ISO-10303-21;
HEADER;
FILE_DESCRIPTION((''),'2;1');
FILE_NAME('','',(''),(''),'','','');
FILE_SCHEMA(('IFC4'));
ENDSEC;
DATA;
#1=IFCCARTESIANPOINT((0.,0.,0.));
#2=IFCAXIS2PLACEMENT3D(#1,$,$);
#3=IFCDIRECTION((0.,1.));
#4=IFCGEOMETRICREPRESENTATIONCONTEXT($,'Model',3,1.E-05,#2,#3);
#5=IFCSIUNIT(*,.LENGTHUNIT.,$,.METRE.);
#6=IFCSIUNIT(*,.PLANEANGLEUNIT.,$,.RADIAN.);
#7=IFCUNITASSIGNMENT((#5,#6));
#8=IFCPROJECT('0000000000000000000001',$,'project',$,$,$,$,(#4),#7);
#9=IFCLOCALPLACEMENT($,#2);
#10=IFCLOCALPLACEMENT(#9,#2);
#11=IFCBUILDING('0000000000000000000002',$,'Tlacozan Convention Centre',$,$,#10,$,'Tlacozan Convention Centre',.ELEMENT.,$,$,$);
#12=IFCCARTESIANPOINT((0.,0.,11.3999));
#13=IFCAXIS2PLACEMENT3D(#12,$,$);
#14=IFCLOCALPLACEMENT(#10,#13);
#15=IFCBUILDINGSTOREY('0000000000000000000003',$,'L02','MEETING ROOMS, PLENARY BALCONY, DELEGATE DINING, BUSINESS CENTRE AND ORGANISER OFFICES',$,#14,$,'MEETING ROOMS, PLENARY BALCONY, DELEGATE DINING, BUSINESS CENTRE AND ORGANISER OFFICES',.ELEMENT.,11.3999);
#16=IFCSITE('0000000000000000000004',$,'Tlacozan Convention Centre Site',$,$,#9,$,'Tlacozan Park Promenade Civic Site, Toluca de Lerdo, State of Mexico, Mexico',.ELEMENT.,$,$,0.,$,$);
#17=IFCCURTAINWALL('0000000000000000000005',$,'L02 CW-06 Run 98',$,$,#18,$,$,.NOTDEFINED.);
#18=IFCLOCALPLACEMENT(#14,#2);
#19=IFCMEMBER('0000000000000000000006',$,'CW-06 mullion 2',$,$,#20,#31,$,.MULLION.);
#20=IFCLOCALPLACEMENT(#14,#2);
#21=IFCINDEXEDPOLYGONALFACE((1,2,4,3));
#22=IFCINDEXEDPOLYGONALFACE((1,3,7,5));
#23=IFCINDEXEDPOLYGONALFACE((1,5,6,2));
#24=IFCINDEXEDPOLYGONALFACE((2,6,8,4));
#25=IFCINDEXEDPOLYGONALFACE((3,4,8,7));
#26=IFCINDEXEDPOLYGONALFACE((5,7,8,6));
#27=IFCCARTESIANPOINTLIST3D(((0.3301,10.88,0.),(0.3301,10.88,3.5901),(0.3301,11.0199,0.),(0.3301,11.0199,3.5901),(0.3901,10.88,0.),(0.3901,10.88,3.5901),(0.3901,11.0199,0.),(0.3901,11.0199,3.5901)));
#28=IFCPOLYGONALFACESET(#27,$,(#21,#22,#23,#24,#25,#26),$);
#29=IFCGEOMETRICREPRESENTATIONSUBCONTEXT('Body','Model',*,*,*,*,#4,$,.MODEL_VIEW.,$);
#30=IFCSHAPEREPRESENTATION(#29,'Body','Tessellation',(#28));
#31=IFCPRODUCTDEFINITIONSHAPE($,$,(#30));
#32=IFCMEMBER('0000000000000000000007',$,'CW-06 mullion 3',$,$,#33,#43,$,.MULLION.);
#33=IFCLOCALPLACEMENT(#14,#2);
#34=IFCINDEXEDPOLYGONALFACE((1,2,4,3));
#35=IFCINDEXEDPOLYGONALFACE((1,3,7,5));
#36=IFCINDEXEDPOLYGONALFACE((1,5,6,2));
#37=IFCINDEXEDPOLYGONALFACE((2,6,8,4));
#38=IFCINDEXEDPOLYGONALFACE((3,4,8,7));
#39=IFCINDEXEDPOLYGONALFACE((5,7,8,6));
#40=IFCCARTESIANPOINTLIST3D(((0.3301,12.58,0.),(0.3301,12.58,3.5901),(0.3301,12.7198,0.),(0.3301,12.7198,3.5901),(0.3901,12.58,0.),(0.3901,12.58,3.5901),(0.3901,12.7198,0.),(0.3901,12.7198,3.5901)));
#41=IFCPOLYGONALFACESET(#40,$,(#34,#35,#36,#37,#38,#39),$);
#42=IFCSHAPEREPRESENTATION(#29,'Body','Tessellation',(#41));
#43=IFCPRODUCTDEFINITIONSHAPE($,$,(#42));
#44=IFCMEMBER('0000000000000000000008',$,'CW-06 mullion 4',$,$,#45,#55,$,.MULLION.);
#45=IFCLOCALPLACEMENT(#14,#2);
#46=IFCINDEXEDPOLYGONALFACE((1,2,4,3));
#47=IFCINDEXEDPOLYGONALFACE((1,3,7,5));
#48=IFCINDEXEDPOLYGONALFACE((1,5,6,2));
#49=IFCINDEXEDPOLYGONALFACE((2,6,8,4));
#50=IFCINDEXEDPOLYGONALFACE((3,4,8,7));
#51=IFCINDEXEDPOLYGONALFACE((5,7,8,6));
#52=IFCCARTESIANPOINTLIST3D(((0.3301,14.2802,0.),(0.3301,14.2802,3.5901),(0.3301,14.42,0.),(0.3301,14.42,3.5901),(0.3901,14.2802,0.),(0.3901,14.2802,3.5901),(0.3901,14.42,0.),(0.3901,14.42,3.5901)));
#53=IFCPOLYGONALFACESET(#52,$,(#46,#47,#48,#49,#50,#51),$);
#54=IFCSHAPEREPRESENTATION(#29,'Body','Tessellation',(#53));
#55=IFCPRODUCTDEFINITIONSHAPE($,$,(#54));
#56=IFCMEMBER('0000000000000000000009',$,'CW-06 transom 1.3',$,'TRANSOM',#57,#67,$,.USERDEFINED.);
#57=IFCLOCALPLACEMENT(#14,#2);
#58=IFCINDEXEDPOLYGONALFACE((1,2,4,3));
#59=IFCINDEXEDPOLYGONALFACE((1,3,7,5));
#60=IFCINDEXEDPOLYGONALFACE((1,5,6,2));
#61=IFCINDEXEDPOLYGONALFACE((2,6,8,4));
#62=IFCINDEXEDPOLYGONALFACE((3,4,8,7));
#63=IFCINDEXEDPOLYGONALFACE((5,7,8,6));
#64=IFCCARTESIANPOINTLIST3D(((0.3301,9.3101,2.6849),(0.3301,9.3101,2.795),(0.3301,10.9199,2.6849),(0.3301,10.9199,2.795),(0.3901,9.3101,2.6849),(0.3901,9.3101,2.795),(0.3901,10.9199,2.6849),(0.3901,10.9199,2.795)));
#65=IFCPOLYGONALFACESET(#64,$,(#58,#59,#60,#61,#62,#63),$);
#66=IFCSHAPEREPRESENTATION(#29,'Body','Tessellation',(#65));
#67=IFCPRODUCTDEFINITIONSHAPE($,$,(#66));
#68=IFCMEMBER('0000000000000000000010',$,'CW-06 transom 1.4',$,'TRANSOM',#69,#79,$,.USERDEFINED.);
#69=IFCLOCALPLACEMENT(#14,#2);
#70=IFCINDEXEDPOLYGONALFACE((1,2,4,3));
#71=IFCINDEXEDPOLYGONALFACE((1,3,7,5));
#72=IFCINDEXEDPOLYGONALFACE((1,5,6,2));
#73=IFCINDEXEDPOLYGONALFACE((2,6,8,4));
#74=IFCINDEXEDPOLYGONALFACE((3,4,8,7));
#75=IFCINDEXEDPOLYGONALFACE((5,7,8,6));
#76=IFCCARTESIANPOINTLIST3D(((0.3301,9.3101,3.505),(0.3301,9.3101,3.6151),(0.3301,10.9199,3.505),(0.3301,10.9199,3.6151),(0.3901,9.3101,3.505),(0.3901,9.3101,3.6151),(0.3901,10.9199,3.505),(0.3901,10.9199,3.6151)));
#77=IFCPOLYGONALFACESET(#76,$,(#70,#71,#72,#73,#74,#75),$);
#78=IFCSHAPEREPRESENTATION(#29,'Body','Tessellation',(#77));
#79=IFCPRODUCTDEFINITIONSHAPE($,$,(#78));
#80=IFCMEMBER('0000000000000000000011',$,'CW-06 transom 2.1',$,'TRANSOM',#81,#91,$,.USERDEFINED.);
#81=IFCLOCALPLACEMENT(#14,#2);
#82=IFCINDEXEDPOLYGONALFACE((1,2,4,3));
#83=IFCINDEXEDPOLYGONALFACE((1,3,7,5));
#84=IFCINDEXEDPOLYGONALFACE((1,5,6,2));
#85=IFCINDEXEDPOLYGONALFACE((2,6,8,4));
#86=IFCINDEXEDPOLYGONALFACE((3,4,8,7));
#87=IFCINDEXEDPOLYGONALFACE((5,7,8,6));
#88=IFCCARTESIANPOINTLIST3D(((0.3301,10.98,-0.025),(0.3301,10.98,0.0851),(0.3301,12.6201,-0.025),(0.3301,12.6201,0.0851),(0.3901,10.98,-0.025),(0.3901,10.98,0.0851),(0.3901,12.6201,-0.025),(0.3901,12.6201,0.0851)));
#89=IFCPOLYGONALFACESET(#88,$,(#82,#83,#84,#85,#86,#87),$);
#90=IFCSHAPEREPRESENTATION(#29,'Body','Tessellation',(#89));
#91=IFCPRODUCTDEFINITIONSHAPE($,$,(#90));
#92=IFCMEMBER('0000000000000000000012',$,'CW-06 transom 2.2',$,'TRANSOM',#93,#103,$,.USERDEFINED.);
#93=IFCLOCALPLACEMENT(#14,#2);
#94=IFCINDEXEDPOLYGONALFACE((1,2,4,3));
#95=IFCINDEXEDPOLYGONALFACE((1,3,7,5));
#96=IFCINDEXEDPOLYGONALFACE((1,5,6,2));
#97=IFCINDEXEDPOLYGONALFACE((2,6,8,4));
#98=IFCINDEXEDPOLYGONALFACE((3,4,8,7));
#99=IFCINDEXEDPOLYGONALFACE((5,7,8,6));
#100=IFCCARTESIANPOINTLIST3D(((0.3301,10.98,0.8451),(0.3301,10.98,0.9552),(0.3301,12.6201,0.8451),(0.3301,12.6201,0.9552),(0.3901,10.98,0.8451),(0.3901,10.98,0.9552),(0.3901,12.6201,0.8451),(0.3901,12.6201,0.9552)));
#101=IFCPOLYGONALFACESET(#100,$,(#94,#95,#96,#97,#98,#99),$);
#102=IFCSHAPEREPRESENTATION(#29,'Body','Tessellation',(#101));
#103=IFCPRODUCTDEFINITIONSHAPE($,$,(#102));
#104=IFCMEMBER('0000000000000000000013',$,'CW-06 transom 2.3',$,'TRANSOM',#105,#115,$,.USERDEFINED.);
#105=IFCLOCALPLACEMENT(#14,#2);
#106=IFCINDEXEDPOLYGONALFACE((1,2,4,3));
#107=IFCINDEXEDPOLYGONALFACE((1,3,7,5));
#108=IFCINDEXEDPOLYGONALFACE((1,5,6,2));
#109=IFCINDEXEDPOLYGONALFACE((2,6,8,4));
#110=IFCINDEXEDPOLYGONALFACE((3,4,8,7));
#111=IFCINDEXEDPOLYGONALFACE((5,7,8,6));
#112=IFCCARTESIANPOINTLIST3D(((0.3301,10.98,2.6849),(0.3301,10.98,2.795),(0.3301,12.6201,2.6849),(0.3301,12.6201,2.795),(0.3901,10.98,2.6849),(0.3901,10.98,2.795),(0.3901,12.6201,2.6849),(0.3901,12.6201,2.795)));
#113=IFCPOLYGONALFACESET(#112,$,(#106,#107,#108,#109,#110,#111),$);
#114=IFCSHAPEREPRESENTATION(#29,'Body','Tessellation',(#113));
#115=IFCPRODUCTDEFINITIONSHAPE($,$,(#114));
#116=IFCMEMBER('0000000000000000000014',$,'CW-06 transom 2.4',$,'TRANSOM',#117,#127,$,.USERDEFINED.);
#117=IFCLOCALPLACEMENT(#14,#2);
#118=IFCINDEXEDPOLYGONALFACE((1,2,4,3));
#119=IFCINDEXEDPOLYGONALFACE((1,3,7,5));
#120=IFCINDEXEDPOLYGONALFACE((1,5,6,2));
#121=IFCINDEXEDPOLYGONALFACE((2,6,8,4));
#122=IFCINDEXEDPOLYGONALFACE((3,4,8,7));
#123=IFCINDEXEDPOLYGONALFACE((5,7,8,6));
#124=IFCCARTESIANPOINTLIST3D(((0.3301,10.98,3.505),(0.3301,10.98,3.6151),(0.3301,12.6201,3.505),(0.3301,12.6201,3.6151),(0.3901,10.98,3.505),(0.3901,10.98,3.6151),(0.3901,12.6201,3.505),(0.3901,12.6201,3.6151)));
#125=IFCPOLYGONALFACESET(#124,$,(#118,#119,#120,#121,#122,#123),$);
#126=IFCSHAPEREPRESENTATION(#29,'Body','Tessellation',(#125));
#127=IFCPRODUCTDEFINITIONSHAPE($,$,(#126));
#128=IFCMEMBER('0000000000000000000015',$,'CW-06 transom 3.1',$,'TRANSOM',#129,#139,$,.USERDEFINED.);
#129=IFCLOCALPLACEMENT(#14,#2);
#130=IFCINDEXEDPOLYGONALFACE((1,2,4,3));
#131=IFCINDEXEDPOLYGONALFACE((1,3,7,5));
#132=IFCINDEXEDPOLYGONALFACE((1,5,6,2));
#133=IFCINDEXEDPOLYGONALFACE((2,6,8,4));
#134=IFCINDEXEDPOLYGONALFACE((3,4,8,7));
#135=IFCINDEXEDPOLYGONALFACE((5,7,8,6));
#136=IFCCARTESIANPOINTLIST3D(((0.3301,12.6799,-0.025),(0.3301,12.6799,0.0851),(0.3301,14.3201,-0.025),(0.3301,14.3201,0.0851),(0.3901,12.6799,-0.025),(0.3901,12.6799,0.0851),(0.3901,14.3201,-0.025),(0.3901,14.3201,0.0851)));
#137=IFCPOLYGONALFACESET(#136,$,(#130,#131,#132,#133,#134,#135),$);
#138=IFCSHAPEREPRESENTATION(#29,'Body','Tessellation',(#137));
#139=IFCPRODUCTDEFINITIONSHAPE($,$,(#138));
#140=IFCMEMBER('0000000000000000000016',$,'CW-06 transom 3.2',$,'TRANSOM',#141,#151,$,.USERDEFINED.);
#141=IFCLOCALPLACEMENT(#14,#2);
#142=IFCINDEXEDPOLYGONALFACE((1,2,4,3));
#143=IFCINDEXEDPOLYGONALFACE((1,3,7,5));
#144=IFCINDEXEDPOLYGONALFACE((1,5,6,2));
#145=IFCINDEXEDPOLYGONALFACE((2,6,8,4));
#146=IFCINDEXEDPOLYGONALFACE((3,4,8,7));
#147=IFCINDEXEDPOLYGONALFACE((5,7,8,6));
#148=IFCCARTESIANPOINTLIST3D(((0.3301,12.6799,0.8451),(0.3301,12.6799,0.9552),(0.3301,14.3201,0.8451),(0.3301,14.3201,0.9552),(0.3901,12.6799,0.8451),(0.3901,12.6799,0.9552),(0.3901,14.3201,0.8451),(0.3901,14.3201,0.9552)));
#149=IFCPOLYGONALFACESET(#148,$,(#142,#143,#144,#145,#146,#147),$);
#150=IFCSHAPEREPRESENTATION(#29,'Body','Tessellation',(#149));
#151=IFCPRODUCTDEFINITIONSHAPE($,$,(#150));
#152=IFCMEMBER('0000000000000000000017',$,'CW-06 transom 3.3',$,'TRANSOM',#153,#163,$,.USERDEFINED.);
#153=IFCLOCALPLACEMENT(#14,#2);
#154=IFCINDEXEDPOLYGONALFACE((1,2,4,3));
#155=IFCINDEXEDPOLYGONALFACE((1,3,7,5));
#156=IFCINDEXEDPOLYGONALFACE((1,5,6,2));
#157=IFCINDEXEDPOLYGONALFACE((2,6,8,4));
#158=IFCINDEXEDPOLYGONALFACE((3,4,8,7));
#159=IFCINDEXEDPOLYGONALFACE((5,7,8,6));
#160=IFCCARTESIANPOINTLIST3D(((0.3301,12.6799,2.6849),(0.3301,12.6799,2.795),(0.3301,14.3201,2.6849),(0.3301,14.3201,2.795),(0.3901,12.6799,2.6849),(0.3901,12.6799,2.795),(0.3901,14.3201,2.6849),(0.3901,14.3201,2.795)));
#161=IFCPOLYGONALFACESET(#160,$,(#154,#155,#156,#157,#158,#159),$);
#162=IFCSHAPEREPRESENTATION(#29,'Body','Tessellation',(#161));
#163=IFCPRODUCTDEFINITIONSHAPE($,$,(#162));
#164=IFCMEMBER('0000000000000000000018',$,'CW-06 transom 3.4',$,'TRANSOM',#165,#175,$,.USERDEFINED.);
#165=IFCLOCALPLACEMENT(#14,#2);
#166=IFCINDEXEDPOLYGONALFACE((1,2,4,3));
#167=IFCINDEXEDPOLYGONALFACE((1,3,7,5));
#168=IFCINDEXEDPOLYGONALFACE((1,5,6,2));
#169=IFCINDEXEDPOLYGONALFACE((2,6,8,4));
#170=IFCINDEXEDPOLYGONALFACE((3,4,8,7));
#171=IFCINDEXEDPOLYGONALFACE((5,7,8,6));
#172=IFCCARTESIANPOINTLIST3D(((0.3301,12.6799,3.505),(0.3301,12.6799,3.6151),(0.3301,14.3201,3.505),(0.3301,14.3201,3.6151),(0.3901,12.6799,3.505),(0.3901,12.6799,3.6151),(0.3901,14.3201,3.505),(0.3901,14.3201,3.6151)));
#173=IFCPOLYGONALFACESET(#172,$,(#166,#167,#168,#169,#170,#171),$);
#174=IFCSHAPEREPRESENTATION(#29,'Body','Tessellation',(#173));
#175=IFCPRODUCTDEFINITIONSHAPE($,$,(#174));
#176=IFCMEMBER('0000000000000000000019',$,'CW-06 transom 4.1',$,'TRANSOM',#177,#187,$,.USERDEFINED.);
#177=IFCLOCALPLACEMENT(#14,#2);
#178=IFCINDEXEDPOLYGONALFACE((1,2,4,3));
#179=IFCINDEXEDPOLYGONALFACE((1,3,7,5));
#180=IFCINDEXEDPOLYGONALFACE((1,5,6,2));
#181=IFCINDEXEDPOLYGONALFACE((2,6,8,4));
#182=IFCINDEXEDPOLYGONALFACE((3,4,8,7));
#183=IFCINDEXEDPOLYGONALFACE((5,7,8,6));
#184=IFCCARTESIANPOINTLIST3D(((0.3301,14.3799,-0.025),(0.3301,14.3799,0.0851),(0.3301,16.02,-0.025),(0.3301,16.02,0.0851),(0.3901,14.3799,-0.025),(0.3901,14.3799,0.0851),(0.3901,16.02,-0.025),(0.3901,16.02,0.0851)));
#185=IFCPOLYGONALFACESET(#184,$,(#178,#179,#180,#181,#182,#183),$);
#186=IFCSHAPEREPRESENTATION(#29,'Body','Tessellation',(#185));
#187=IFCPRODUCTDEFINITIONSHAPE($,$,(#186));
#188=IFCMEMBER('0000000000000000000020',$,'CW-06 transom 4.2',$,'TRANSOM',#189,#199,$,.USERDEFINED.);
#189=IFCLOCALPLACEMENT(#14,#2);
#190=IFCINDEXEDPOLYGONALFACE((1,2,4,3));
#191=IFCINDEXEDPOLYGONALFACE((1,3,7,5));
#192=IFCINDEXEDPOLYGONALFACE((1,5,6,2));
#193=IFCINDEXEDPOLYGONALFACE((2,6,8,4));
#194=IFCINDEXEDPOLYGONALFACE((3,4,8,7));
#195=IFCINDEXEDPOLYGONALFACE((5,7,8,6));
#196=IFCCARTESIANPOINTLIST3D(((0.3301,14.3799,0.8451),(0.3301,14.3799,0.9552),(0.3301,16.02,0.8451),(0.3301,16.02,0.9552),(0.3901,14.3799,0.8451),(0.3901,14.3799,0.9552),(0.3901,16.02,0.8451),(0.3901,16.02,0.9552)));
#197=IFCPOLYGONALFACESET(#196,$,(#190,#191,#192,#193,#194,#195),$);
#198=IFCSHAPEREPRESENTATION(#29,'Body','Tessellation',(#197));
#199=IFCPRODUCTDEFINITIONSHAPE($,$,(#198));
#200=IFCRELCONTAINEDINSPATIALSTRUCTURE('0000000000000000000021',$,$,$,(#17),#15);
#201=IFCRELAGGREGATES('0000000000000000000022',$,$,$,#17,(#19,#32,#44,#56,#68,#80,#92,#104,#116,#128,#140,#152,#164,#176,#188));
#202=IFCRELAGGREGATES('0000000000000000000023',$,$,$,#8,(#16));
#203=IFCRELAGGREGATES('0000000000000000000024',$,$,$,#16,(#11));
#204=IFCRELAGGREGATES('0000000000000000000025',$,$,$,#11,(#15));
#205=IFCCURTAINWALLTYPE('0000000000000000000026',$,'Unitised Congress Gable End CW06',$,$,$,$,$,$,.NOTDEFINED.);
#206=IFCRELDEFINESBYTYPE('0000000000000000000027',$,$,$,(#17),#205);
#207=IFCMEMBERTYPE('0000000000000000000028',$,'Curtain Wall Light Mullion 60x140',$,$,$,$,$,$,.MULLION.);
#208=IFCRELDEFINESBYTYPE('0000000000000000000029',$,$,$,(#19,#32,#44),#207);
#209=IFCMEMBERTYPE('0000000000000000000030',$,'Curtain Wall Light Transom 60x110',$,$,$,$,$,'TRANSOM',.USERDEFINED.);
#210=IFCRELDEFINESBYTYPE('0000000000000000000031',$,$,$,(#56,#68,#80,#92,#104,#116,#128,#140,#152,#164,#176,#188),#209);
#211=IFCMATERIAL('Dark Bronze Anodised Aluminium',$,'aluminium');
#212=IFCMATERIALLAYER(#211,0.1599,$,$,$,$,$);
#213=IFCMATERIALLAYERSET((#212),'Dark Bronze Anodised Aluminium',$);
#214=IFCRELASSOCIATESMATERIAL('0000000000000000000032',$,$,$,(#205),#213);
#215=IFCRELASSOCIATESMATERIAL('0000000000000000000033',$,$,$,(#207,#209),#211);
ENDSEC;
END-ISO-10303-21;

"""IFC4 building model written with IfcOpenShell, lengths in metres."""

from ifc_helpers import new_model, si_unit, direction, frame, origin, origin_2d, place, context, subcontext, project, spatial, rectangle, extrude, material, layer, layer_set, material_profile, profile_set, type_object, element, aggregate, save


model = new_model("IFC4")

# Units and contexts
model_context = context("Model", 3, precision=1e-05, world=origin(), true_north=direction((0.0, 1.0)))
body_context = subcontext(model_context, "Body", "Model", "MODEL_VIEW")
ifc_project = project(units=[si_unit("LENGTHUNIT", "METRE"), si_unit("PLANEANGLEUNIT", "RADIAN")], contexts=[model_context])

# Site, building, storey
site_placement = place(None, origin())
site = spatial("IfcSite", under=ifc_project, at=site_placement, Name="Tlacozan Convention Centre Site", LongName="Tlacozan Park Promenade Civic Site, Toluca de Lerdo, State of Mexico, Mexico", CompositionType="ELEMENT", RefElevation=0.0)
building_placement = place(site_placement, origin())
building = spatial("IfcBuilding", under=site, at=building_placement, Name="Tlacozan Convention Centre", LongName="Tlacozan Convention Centre", CompositionType="ELEMENT")
storey_placement = place(building_placement, frame((0.0, 0.0, 11.3999)))
storey = spatial("IfcBuildingStorey", under=building, at=storey_placement, Name="L02", Description="MEETING ROOMS, PLENARY BALCONY, DELEGATE DINING, BUSINESS CENTRE AND ORGANISER OFFICES", LongName="MEETING ROOMS, PLENARY BALCONY, DELEGATE DINING, BUSINESS CENTRE AND ORGANISER OFFICES", CompositionType="ELEMENT", Elevation=11.3999)

# Curtain wall, members
ifc_material_1 = material(Name="Dark Bronze Anodised Aluminium", Category="aluminium")
ifc_layer_1 = layer(ifc_material_1, 0.1599)
ifc_layer_set_1 = layer_set([ifc_layer_1], Name="Dark Bronze Anodised Aluminium")
curtain_wall_type = type_object("IfcCurtainWallType", Name="Unitised Congress Gable End CW06", PredefinedType="NOTDEFINED", material=ifc_layer_set_1)
curtain_wall_placement = place(storey_placement, origin())
curtain_wall = element("IfcCurtainWall", 1, at=curtain_wall_placement, inside=storey, type_object=curtain_wall_type, Name="L02 CW-06 Run 98", PredefinedType="NOTDEFINED")
ifc_material_profile_1 = material_profile(ifc_material_1, rectangle(XDim=0.0601, YDim=0.1399, at=origin_2d()), Name="ALU 60x140")
ifc_profile_set_1 = profile_set([ifc_material_profile_1], Name="Dark Bronze Anodised Aluminium")
member_type_1 = type_object("IfcMemberType", Name="Curtain Wall Light Mullion 60x140", PredefinedType="MULLION", material=ifc_profile_set_1)
member_1_placement = place(storey_placement, frame((0.3601, 10.95, 0.0), z_axis=(0.0, 0.0, 1.0), x_axis=(-1.0, 0.0, 0.0)))
member_1 = element("IfcMember", 2, at=member_1_placement, type_object=member_type_1, Name="CW-06 mullion 2", PredefinedType="MULLION", context=body_context, shape_type="SweptSolid", body=[
    extrude(rectangle(XDim=0.0601, YDim=0.1399, at=origin_2d()), origin(), (0.0, 0.0, 1.0), 3.5901),
])
member_2_placement = place(storey_placement, frame((0.3601, 12.6499, 0.0), z_axis=(0.0, 0.0, 1.0), x_axis=(-1.0, 0.0, 0.0)))
member_2 = element("IfcMember", 3, at=member_2_placement, type_object=member_type_1, Name="CW-06 mullion 3", PredefinedType="MULLION", context=body_context, shape_type="SweptSolid", body=[
    extrude(rectangle(XDim=0.0601, YDim=0.1399, at=origin_2d()), origin(), (0.0, 0.0, 1.0), 3.5901),
])
member_3_placement = place(storey_placement, frame((0.3601, 14.3501, 0.0), z_axis=(0.0, 0.0, 1.0), x_axis=(-1.0, 0.0, 0.0)))
member_3 = element("IfcMember", 4, at=member_3_placement, type_object=member_type_1, Name="CW-06 mullion 4", PredefinedType="MULLION", context=body_context, shape_type="SweptSolid", body=[
    extrude(rectangle(XDim=0.0601, YDim=0.1399, at=origin_2d()), origin(), (0.0, 0.0, 1.0), 3.5901),
])
ifc_material_profile_2 = material_profile(ifc_material_1, rectangle(XDim=0.0601, YDim=0.1101, at=origin_2d()), Name="ALU 60x110")
ifc_profile_set_2 = profile_set([ifc_material_profile_2], Name="Dark Bronze Anodised Aluminium")
member_type_2 = type_object("IfcMemberType", Name="Curtain Wall Light Transom 60x110", ElementType="TRANSOM", PredefinedType="USERDEFINED", material=ifc_profile_set_2)
member_4_placement = place(storey_placement, frame((0.3601, 9.3101, 2.74), z_axis=(0.0, 1.0, 0.0), x_axis=(-1.0, 0.0, 0.0)))
member_4 = element("IfcMember", 5, at=member_4_placement, type_object=member_type_2, Name="CW-06 transom 1.3", ObjectType="TRANSOM", PredefinedType="USERDEFINED", context=body_context, shape_type="SweptSolid", body=[
    extrude(rectangle(XDim=0.0601, YDim=0.1101, at=origin_2d()), origin(), (0.0, 0.0, 1.0), 1.6099),
])
member_5_placement = place(storey_placement, frame((0.3601, 9.3101, 3.5601), z_axis=(0.0, 1.0, 0.0), x_axis=(-1.0, 0.0, 0.0)))
member_5 = element("IfcMember", 6, at=member_5_placement, type_object=member_type_2, Name="CW-06 transom 1.4", ObjectType="TRANSOM", PredefinedType="USERDEFINED", context=body_context, shape_type="SweptSolid", body=[
    extrude(rectangle(XDim=0.0601, YDim=0.1101, at=origin_2d()), origin(), (0.0, 0.0, 1.0), 1.6099),
])
member_6_placement = place(storey_placement, frame((0.3601, 10.98, 0.03), z_axis=(0.0, 1.0, 0.0), x_axis=(-1.0, 0.0, 0.0)))
member_6 = element("IfcMember", 7, at=member_6_placement, type_object=member_type_2, Name="CW-06 transom 2.1", ObjectType="TRANSOM", PredefinedType="USERDEFINED", context=body_context, shape_type="SweptSolid", body=[
    extrude(rectangle(XDim=0.0601, YDim=0.1101, at=origin_2d()), origin(), (0.0, 0.0, 1.0), 1.6401),
])
member_7_placement = place(storey_placement, frame((0.3601, 10.98, 0.9001), z_axis=(0.0, 1.0, 0.0), x_axis=(-1.0, 0.0, 0.0)))
member_7 = element("IfcMember", 8, at=member_7_placement, type_object=member_type_2, Name="CW-06 transom 2.2", ObjectType="TRANSOM", PredefinedType="USERDEFINED", context=body_context, shape_type="SweptSolid", body=[
    extrude(rectangle(XDim=0.0601, YDim=0.1101, at=origin_2d()), origin(), (0.0, 0.0, 1.0), 1.6401),
])
member_8_placement = place(storey_placement, frame((0.3601, 10.98, 2.74), z_axis=(0.0, 1.0, 0.0), x_axis=(-1.0, 0.0, 0.0)))
member_8 = element("IfcMember", 9, at=member_8_placement, type_object=member_type_2, Name="CW-06 transom 2.3", ObjectType="TRANSOM", PredefinedType="USERDEFINED", context=body_context, shape_type="SweptSolid", body=[
    extrude(rectangle(XDim=0.0601, YDim=0.1101, at=origin_2d()), origin(), (0.0, 0.0, 1.0), 1.6401),
])
member_9_placement = place(storey_placement, frame((0.3601, 10.98, 3.5601), z_axis=(0.0, 1.0, 0.0), x_axis=(-1.0, 0.0, 0.0)))
member_9 = element("IfcMember", 10, at=member_9_placement, type_object=member_type_2, Name="CW-06 transom 2.4", ObjectType="TRANSOM", PredefinedType="USERDEFINED", context=body_context, shape_type="SweptSolid", body=[
    extrude(rectangle(XDim=0.0601, YDim=0.1101, at=origin_2d()), origin(), (0.0, 0.0, 1.0), 1.6401),
])
member_10_placement = place(storey_placement, frame((0.3601, 12.6799, 0.03), z_axis=(0.0, 1.0, 0.0), x_axis=(-1.0, 0.0, 0.0)))
member_10 = element("IfcMember", 11, at=member_10_placement, type_object=member_type_2, Name="CW-06 transom 3.1", ObjectType="TRANSOM", PredefinedType="USERDEFINED", context=body_context, shape_type="SweptSolid", body=[
    extrude(rectangle(XDim=0.0601, YDim=0.1101, at=origin_2d()), origin(), (0.0, 0.0, 1.0), 1.6401),
])
member_11_placement = place(storey_placement, frame((0.3601, 12.6799, 0.9001), z_axis=(0.0, 1.0, 0.0), x_axis=(-1.0, 0.0, 0.0)))
member_11 = element("IfcMember", 12, at=member_11_placement, type_object=member_type_2, Name="CW-06 transom 3.2", ObjectType="TRANSOM", PredefinedType="USERDEFINED", context=body_context, shape_type="SweptSolid", body=[
    extrude(rectangle(XDim=0.0601, YDim=0.1101, at=origin_2d()), origin(), (0.0, 0.0, 1.0), 1.6401),
])
member_12_placement = place(storey_placement, frame((0.3601, 12.6799, 2.74), z_axis=(0.0, 1.0, 0.0), x_axis=(-1.0, 0.0, 0.0)))
member_12 = element("IfcMember", 13, at=member_12_placement, type_object=member_type_2, Name="CW-06 transom 3.3", ObjectType="TRANSOM", PredefinedType="USERDEFINED", context=body_context, shape_type="SweptSolid", body=[
    extrude(rectangle(XDim=0.0601, YDim=0.1101, at=origin_2d()), origin(), (0.0, 0.0, 1.0), 1.6401),
])
member_13_placement = place(storey_placement, frame((0.3601, 12.6799, 3.5601), z_axis=(0.0, 1.0, 0.0), x_axis=(-1.0, 0.0, 0.0)))
member_13 = element("IfcMember", 14, at=member_13_placement, type_object=member_type_2, Name="CW-06 transom 3.4", ObjectType="TRANSOM", PredefinedType="USERDEFINED", context=body_context, shape_type="SweptSolid", body=[
    extrude(rectangle(XDim=0.0601, YDim=0.1101, at=origin_2d()), origin(), (0.0, 0.0, 1.0), 1.6401),
])
member_14_placement = place(storey_placement, frame((0.3601, 14.3799, 0.03), z_axis=(0.0, 1.0, 0.0), x_axis=(-1.0, 0.0, 0.0)))
member_14 = element("IfcMember", 15, at=member_14_placement, type_object=member_type_2, Name="CW-06 transom 4.1", ObjectType="TRANSOM", PredefinedType="USERDEFINED", context=body_context, shape_type="SweptSolid", body=[
    extrude(rectangle(XDim=0.0601, YDim=0.1101, at=origin_2d()), origin(), (0.0, 0.0, 1.0), 1.6401),
])
member_15_placement = place(storey_placement, frame((0.3601, 14.3799, 0.9001), z_axis=(0.0, 1.0, 0.0), x_axis=(-1.0, 0.0, 0.0)))
member_15 = element("IfcMember", 16, at=member_15_placement, type_object=member_type_2, Name="CW-06 transom 4.2", ObjectType="TRANSOM", PredefinedType="USERDEFINED", context=body_context, shape_type="SweptSolid", body=[
    extrude(rectangle(XDim=0.0601, YDim=0.1101, at=origin_2d()), origin(), (0.0, 0.0, 1.0), 1.6401),
])

aggregate(curtain_wall, [member_1, member_2, member_3, member_4, member_5, member_6, member_7, member_8, member_9, member_10, member_11, member_12, member_13, member_14, member_15])

save(model, "model.ifc")
